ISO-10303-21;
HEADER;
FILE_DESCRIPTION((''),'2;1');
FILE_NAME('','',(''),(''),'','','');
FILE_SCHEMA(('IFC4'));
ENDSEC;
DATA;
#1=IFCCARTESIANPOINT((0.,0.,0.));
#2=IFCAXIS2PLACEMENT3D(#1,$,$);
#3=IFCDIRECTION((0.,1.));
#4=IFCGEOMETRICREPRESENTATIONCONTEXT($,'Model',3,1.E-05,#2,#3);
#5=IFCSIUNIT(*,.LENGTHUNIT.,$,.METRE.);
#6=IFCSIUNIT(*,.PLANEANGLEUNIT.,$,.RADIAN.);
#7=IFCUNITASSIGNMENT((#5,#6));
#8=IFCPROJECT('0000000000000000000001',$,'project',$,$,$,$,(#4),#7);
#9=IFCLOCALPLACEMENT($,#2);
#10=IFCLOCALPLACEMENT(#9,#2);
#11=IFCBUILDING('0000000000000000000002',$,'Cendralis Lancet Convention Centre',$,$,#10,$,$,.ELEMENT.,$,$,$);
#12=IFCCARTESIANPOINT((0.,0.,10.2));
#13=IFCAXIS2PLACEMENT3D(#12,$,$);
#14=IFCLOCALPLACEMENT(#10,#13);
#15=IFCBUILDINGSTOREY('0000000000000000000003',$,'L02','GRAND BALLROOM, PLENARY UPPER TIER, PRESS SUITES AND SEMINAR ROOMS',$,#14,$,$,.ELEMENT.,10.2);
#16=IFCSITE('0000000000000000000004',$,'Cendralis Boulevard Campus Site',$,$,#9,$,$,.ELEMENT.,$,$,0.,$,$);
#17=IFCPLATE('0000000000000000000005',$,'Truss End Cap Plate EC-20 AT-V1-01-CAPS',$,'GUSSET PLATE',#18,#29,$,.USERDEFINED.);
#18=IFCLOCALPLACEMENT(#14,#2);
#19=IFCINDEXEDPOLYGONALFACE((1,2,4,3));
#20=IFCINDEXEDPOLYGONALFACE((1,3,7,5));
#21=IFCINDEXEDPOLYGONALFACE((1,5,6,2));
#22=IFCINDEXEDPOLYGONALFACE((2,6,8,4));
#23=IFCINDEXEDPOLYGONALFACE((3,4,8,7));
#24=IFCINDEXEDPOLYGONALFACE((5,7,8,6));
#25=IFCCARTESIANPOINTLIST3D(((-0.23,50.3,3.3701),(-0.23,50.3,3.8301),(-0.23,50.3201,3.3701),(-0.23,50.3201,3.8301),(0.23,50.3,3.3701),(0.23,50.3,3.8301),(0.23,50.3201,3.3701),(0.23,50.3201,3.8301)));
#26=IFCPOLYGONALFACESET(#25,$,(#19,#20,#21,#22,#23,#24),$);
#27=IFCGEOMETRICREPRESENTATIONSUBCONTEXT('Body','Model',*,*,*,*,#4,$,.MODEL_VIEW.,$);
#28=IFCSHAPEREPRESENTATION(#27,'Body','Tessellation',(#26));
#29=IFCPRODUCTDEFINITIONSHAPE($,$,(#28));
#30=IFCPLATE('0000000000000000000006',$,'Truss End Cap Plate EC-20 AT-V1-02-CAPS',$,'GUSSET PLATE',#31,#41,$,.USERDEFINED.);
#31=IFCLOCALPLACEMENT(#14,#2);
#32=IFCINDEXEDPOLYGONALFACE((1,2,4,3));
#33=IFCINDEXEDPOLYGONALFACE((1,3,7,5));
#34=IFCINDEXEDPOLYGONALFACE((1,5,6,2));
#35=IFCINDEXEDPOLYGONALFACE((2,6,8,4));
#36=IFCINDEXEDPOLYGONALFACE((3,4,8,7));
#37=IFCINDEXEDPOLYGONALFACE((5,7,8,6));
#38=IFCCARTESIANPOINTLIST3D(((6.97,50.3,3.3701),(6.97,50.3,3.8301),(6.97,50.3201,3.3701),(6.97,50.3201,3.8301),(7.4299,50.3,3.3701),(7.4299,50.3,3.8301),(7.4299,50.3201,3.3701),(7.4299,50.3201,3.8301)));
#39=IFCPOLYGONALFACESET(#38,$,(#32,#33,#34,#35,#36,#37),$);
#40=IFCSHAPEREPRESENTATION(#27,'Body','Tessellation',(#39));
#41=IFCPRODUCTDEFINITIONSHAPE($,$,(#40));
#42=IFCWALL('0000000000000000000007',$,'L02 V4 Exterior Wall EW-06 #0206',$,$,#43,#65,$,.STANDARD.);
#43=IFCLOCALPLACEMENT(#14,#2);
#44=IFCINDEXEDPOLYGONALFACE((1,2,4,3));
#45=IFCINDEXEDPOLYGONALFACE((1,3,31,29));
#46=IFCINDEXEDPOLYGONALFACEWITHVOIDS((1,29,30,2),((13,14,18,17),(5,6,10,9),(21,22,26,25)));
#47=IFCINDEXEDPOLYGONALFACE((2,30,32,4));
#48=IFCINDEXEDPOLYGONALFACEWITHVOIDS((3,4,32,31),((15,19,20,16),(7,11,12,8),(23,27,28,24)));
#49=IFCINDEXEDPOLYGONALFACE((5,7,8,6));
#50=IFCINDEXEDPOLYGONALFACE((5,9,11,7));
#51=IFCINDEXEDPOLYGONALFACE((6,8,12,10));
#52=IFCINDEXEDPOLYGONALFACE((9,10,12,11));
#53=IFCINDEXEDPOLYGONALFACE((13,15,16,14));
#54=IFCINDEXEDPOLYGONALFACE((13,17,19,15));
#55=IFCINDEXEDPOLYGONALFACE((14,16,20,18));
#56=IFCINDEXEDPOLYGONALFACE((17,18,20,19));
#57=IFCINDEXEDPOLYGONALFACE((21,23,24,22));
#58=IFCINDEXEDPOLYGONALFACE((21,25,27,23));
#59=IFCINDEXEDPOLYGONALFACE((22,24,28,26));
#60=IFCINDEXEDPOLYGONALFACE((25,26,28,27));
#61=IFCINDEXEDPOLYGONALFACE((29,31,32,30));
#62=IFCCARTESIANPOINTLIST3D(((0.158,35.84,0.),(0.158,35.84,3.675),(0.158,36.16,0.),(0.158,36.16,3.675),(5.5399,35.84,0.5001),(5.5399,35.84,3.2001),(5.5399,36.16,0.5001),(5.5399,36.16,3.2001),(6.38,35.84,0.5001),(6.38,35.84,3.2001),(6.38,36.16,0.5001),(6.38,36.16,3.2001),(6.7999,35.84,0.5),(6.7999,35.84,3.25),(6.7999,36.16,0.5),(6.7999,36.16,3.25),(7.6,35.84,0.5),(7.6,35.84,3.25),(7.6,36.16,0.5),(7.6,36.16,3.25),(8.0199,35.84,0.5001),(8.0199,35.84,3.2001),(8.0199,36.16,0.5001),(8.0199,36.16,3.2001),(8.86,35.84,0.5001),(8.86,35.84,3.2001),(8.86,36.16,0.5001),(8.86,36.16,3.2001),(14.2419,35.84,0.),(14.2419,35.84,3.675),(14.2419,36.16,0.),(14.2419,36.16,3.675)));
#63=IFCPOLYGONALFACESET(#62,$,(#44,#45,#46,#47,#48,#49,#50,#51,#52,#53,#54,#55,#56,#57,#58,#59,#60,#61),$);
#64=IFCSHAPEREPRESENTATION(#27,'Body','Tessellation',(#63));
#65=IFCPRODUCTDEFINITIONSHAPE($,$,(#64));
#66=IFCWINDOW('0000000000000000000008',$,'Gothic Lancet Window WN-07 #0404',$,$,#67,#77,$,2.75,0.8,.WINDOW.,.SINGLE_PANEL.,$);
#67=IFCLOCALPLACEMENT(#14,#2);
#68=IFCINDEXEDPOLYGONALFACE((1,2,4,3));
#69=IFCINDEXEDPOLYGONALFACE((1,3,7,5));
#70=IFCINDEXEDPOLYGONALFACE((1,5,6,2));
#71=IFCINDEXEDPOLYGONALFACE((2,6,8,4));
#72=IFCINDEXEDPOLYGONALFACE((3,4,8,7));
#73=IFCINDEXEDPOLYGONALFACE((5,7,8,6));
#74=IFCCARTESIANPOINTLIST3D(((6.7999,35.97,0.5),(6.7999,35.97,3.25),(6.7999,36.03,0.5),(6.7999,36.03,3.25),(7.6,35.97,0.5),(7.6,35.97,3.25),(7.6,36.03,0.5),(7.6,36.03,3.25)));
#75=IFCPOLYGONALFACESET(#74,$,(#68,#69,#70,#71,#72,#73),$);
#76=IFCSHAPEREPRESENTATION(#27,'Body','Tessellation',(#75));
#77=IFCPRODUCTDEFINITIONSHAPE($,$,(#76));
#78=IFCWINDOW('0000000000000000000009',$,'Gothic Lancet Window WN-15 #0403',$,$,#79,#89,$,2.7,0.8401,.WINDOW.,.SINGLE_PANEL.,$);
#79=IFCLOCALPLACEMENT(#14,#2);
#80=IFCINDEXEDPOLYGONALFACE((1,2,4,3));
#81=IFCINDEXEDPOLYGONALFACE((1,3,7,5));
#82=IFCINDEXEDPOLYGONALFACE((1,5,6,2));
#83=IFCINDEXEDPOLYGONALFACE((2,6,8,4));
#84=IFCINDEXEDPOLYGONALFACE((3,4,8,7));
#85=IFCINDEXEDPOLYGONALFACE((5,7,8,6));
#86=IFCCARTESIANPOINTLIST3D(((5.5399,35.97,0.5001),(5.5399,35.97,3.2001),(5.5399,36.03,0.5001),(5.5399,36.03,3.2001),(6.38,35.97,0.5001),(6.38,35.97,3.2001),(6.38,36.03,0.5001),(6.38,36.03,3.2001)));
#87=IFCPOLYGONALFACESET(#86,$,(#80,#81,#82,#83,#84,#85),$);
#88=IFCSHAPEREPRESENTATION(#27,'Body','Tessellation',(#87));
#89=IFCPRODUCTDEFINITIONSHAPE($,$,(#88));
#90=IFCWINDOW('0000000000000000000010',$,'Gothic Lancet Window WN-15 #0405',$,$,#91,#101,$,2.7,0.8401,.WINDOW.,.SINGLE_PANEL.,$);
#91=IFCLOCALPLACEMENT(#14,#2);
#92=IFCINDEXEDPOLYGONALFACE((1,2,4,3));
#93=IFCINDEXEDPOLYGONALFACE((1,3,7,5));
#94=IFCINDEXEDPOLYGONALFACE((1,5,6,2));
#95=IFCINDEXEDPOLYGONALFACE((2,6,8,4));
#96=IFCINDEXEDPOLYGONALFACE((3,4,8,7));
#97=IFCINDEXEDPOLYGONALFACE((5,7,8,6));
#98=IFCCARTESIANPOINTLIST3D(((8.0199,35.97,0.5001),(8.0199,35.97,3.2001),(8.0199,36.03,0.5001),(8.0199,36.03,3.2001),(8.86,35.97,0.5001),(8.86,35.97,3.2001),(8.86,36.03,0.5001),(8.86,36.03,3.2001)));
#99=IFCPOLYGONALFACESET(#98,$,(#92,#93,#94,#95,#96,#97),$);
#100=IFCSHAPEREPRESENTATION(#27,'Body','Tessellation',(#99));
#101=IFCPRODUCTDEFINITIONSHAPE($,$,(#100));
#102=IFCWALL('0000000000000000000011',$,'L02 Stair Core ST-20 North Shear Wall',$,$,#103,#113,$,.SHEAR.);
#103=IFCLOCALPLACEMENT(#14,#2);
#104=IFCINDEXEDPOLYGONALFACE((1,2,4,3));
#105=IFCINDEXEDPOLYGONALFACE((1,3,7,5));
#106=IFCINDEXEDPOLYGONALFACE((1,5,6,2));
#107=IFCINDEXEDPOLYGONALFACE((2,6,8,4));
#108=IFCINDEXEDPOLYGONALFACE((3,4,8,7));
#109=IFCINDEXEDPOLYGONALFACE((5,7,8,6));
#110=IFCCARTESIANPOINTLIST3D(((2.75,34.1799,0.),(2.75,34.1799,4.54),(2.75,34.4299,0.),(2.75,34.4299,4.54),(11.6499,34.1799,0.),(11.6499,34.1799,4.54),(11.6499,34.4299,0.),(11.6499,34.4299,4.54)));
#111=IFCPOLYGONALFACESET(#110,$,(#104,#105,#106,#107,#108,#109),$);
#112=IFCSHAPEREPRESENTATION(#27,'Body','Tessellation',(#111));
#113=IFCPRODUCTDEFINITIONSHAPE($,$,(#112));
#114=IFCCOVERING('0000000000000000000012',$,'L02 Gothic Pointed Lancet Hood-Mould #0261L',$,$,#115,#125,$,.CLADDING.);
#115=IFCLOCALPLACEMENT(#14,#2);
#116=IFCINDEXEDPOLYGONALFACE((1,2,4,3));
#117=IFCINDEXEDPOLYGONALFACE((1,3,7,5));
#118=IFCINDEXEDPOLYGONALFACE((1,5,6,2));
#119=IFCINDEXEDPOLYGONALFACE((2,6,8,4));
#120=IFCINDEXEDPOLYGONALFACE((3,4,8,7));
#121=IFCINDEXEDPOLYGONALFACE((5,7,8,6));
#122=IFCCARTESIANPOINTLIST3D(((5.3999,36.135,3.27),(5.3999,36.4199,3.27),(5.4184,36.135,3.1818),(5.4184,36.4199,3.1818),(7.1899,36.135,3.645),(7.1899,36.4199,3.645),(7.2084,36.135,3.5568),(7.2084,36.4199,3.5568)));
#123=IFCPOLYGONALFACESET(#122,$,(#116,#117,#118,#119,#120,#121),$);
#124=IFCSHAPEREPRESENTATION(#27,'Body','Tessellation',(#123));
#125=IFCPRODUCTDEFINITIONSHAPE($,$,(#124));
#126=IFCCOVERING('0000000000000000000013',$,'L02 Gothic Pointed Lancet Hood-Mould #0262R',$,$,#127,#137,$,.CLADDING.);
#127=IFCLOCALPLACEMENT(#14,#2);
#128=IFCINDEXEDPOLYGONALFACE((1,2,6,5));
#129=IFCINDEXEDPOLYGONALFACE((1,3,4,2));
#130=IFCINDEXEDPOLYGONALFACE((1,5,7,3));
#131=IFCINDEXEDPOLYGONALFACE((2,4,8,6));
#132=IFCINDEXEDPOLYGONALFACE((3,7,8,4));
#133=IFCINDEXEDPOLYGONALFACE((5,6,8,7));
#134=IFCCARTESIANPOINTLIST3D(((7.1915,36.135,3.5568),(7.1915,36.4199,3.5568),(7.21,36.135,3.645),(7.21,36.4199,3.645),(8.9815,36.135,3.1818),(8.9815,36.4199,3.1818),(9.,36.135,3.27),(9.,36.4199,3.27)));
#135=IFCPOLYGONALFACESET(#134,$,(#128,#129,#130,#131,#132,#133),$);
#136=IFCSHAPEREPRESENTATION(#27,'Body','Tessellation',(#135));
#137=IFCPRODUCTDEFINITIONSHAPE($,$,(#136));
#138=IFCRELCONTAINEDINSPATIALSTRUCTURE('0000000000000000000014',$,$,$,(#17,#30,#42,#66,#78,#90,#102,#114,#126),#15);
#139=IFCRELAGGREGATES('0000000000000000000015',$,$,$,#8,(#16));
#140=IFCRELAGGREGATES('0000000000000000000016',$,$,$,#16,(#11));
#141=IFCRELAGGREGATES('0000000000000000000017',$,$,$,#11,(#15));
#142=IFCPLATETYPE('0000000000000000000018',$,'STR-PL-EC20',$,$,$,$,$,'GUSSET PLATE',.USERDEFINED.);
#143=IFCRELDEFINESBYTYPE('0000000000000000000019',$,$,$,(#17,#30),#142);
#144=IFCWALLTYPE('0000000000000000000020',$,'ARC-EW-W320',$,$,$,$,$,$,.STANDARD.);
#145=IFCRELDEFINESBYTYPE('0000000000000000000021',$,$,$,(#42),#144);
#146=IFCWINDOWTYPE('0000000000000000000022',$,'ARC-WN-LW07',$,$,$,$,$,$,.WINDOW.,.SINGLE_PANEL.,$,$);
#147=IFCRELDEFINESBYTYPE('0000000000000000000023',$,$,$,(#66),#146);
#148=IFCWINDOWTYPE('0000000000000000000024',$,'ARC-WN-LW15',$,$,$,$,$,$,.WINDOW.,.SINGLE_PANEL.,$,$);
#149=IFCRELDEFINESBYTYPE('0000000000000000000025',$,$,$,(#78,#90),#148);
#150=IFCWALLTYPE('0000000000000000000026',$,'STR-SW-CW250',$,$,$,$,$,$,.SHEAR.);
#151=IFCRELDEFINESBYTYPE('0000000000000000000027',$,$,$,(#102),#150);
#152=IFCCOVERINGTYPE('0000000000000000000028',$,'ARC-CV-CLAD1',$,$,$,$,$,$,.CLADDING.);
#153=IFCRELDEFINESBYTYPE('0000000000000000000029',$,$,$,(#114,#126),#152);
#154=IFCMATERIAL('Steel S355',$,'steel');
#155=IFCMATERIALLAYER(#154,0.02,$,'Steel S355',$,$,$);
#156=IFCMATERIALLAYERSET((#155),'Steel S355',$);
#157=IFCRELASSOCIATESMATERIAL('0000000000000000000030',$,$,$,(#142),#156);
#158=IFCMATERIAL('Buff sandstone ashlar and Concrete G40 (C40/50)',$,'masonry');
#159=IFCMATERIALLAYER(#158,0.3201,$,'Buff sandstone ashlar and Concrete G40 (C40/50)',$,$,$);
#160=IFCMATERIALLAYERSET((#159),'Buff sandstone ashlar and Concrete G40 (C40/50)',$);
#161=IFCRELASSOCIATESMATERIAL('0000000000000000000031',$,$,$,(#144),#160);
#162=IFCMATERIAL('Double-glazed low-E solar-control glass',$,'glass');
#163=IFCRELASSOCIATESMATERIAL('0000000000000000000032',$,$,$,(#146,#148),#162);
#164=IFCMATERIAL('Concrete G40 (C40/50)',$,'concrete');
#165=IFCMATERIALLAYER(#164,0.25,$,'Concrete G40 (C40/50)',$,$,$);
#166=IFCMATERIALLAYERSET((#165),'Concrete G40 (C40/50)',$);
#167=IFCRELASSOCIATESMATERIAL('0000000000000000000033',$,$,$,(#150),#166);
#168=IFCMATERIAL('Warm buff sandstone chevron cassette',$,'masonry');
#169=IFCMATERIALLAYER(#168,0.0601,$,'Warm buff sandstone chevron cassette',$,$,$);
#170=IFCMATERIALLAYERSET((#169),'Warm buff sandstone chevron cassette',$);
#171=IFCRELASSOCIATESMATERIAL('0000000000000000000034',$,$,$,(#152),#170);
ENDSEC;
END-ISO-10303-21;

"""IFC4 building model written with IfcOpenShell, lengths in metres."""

from ifc_helpers import new_model, si_unit, direction, frame, frame_2d, origin, origin_2d, place, context, subcontext, project, spatial, polyline, rectangle, outline, extrude, material, layer, layer_set, type_object, element, fill, save


model = new_model("IFC4")

# Units and contexts
model_context = context("Model", 3, precision=1e-05, world=origin(), true_north=direction((0.0, 1.0)))
body_context = subcontext(model_context, "Body", "Model", "MODEL_VIEW")
ifc_project = project(units=[si_unit("LENGTHUNIT", "METRE"), si_unit("PLANEANGLEUNIT", "RADIAN")], contexts=[model_context])

# Site, building, storey
site_placement = place(None, origin())
site = spatial("IfcSite", under=ifc_project, at=site_placement, Name="Cendralis Boulevard Campus Site", CompositionType="ELEMENT", RefElevation=0.0)
building_placement = place(site_placement, origin())
building = spatial("IfcBuilding", under=site, at=building_placement, Name="Cendralis Lancet Convention Centre", CompositionType="ELEMENT")
storey_placement = place(building_placement, frame((0.0, 0.0, 10.2)))
storey = spatial("IfcBuildingStorey", under=building, at=storey_placement, Name="L02", Description="GRAND BALLROOM, PLENARY UPPER TIER, PRESS SUITES AND SEMINAR ROOMS", CompositionType="ELEMENT", Elevation=10.2)

# Shared definitions
ifc_material_1 = material(Name="Steel S355", Category="steel")

# Shared definitions
ifc_material_2 = material(Name="Concrete G40 (C40/50)", Category="concrete")

# Plates
ifc_layer_1 = layer(ifc_material_1, 0.02, Name="Steel S355")
ifc_layer_set_1 = layer_set([ifc_layer_1], Name="Steel S355")
plate_type = type_object("IfcPlateType", Name="STR-PL-EC20", ElementType="GUSSET PLATE", PredefinedType="USERDEFINED", material=ifc_layer_set_1)
for number, where, z_axis, x_axis, name in (
    (1, (0.0, 50.3101, 3.3701), (0.0, 0.0, 1.0), (1.0, 0.0, 0.0), "Truss End Cap Plate EC-20 AT-V1-01-CAPS"),
    (2, (7.2, 50.3101, 3.3701), (0.0, 0.0, 1.0), (1.0, 0.0, 0.0), "Truss End Cap Plate EC-20 AT-V1-02-CAPS"),
):
    element("IfcPlate", number, at=place(storey_placement, frame(where, z_axis=z_axis, x_axis=x_axis)), inside=storey, type_object=plate_type, Name=name, ObjectType="GUSSET PLATE", PredefinedType="USERDEFINED", context=body_context, shape_type="SweptSolid", body=[
        extrude(rectangle(XDim=0.46, YDim=0.02, at=origin_2d()), origin(), (0.0, 0.0, 1.0), 0.46),
    ])

# Wall, openings, windows
ifc_material_3 = material(Name="Buff sandstone ashlar and Concrete G40 (C40/50)", Category="masonry")
ifc_layer_2 = layer(ifc_material_3, 0.3201, Name="Buff sandstone ashlar and Concrete G40 (C40/50)")
ifc_layer_set_2 = layer_set([ifc_layer_2], Name="Buff sandstone ashlar and Concrete G40 (C40/50)")
wall_type_1 = type_object("IfcWallType", Name="ARC-EW-W320", PredefinedType="STANDARD", material=ifc_layer_set_2)
wall_1_placement = place(storey_placement, frame((0.158, 36.0, 0.0), z_axis=(0.0, 0.0, 1.0), x_axis=(1.0, 0.0, 0.0)))
wall_1 = element("IfcWall", 3, at=wall_1_placement, inside=storey, type_object=wall_type_1, Name="L02 V4 Exterior Wall EW-06 #0206", PredefinedType="STANDARD", context=body_context, shape_type="SweptSolid", body=[
    extrude(rectangle(XDim=14.084, YDim=0.3201, at=frame_2d((7.042, 0.0))), origin(), (0.0, 0.0, 1.0), 3.675),
])
opening_1_placement = place(wall_1_placement, frame((5.3821, 0.0, 0.5)))
opening_1 = element("IfcOpeningElement", 4, at=opening_1_placement, cuts=wall_1, PredefinedType="OPENING", context=body_context, shape_type="SweptSolid", body=[
    extrude(rectangle(XDim=0.8401, YDim=2.7, at=frame_2d((0.4199, 1.3501))), frame((0.0, 0.1699, 0.0), z_axis=(0.0, -1.0, 0.0), x_axis=(1.0, 0.0, 0.0)), (0.0, 0.0, 1.0), 0.3401),
])
opening_2_placement = place(wall_1_placement, frame((6.6421, 0.0, 0.5)))
opening_2 = element("IfcOpeningElement", 5, at=opening_2_placement, cuts=wall_1, PredefinedType="OPENING", context=body_context, shape_type="SweptSolid", body=[
    extrude(rectangle(XDim=0.8, YDim=2.75, at=frame_2d((0.3999, 1.375))), frame((0.0, 0.1699, 0.0), z_axis=(0.0, -1.0, 0.0), x_axis=(1.0, 0.0, 0.0)), (0.0, 0.0, 1.0), 0.3401),
])
opening_3_placement = place(wall_1_placement, frame((7.8621, 0.0, 0.5)))
opening_3 = element("IfcOpeningElement", 6, at=opening_3_placement, cuts=wall_1, PredefinedType="OPENING", context=body_context, shape_type="SweptSolid", body=[
    extrude(rectangle(XDim=0.8401, YDim=2.7, at=frame_2d((0.4199, 1.3501))), frame((0.0, 0.1699, 0.0), z_axis=(0.0, -1.0, 0.0), x_axis=(1.0, 0.0, 0.0)), (0.0, 0.0, 1.0), 0.3401),
])
ifc_material_4 = material(Name="Double-glazed low-E solar-control glass", Category="glass")
window_type_1 = type_object("IfcWindowType", Name="ARC-WN-LW07", PartitioningType="SINGLE_PANEL", PredefinedType="WINDOW", material=ifc_material_4)
window_1_placement = place(opening_2_placement, origin())
window_1 = element("IfcWindow", 7, at=window_1_placement, inside=storey, type_object=window_type_1, Name="Gothic Lancet Window WN-07 #0404", OverallHeight=2.75, OverallWidth=0.8, PartitioningType="SINGLE_PANEL", PredefinedType="WINDOW", context=body_context, shape_type="SweptSolid", body=[
    extrude(rectangle(XDim=0.8, YDim=2.75, at=frame_2d((0.3999, 1.375))), frame((0.0, 0.03, 0.0), z_axis=(0.0, -1.0, 0.0), x_axis=(1.0, 0.0, 0.0)), (0.0, 0.0, 1.0), 0.0601),
])
fill(opening_2, window_1)
window_type_2 = type_object("IfcWindowType", Name="ARC-WN-LW15", PartitioningType="SINGLE_PANEL", PredefinedType="WINDOW", material=ifc_material_4)
window_2_placement = place(opening_1_placement, origin())
window_2 = element("IfcWindow", 8, at=window_2_placement, inside=storey, type_object=window_type_2, Name="Gothic Lancet Window WN-15 #0403", OverallHeight=2.7, OverallWidth=0.8401, PartitioningType="SINGLE_PANEL", PredefinedType="WINDOW", context=body_context, shape_type="SweptSolid", body=[
    extrude(rectangle(XDim=0.8401, YDim=2.7, at=frame_2d((0.4199, 1.3501))), frame((0.0, 0.03, 0.0), z_axis=(0.0, -1.0, 0.0), x_axis=(1.0, 0.0, 0.0)), (0.0, 0.0, 1.0), 0.0601),
])
fill(opening_1, window_2)
window_3_placement = place(opening_3_placement, origin())
window_3 = element("IfcWindow", 9, at=window_3_placement, inside=storey, type_object=window_type_2, Name="Gothic Lancet Window WN-15 #0405", OverallHeight=2.7, OverallWidth=0.8401, PartitioningType="SINGLE_PANEL", PredefinedType="WINDOW", context=body_context, shape_type="SweptSolid", body=[
    extrude(rectangle(XDim=0.8401, YDim=2.7, at=frame_2d((0.4199, 1.3501))), frame((0.0, 0.03, 0.0), z_axis=(0.0, -1.0, 0.0), x_axis=(1.0, 0.0, 0.0)), (0.0, 0.0, 1.0), 0.0601),
])
fill(opening_3, window_3)

# Wall
ifc_layer_3 = layer(ifc_material_2, 0.25, Name="Concrete G40 (C40/50)")
ifc_layer_set_3 = layer_set([ifc_layer_3], Name="Concrete G40 (C40/50)")
wall_type_2 = type_object("IfcWallType", Name="STR-SW-CW250", PredefinedType="SHEAR", material=ifc_layer_set_3)
wall_2_placement = place(storey_placement, frame((2.75, 34.3049, 0.0), z_axis=(0.0, 0.0, 1.0), x_axis=(1.0, 0.0, 0.0)))
element("IfcWall", 10, at=wall_2_placement, inside=storey, type_object=wall_type_2, Name="L02 Stair Core ST-20 North Shear Wall", PredefinedType="SHEAR", context=body_context, shape_type="SweptSolid", body=[
    extrude(rectangle(XDim=8.8999, YDim=0.25, at=frame_2d((4.45, 0.0))), origin(), (0.0, 0.0, 1.0), 4.54),
])

# Coverings
ifc_material_5 = material(Name="Warm buff sandstone chevron cassette", Category="masonry")
ifc_layer_4 = layer(ifc_material_5, 0.0601, Name="Warm buff sandstone chevron cassette")
ifc_layer_set_4 = layer_set([ifc_layer_4], Name="Warm buff sandstone chevron cassette")
covering_type = type_object("IfcCoveringType", Name="ARC-CV-CLAD1", PredefinedType="CLADDING", material=ifc_layer_set_4)
for number, where, z_axis, x_axis, name in (
    (11, (5.3999, 36.4199, 3.27), (-0.205042, 0.0, 0.978753), (0.0, -1.0, 0.0), "L02 Gothic Pointed Lancet Hood-Mould #0261L"),
    (12, (7.21, 36.4199, 3.645), (0.205042, 0.0, 0.978753), (0.0, -1.0, 0.0), "L02 Gothic Pointed Lancet Hood-Mould #0262R"),
):
    element("IfcCovering", number, at=place(storey_placement, frame(where, z_axis=z_axis, x_axis=x_axis)), inside=storey, type_object=covering_type, Name=name, PredefinedType="CLADDING", context=body_context, shape_type="SweptSolid", body=[
        extrude(outline(polyline([(0.0, 0.0), (0.2849, 0.0), (0.2849, 1.8289), (0.0, 1.8289), (0.0, 0.0)])), origin(), (0.0, 0.0, -1.0), 0.0901),
    ])

save(model, "model.ifc")
